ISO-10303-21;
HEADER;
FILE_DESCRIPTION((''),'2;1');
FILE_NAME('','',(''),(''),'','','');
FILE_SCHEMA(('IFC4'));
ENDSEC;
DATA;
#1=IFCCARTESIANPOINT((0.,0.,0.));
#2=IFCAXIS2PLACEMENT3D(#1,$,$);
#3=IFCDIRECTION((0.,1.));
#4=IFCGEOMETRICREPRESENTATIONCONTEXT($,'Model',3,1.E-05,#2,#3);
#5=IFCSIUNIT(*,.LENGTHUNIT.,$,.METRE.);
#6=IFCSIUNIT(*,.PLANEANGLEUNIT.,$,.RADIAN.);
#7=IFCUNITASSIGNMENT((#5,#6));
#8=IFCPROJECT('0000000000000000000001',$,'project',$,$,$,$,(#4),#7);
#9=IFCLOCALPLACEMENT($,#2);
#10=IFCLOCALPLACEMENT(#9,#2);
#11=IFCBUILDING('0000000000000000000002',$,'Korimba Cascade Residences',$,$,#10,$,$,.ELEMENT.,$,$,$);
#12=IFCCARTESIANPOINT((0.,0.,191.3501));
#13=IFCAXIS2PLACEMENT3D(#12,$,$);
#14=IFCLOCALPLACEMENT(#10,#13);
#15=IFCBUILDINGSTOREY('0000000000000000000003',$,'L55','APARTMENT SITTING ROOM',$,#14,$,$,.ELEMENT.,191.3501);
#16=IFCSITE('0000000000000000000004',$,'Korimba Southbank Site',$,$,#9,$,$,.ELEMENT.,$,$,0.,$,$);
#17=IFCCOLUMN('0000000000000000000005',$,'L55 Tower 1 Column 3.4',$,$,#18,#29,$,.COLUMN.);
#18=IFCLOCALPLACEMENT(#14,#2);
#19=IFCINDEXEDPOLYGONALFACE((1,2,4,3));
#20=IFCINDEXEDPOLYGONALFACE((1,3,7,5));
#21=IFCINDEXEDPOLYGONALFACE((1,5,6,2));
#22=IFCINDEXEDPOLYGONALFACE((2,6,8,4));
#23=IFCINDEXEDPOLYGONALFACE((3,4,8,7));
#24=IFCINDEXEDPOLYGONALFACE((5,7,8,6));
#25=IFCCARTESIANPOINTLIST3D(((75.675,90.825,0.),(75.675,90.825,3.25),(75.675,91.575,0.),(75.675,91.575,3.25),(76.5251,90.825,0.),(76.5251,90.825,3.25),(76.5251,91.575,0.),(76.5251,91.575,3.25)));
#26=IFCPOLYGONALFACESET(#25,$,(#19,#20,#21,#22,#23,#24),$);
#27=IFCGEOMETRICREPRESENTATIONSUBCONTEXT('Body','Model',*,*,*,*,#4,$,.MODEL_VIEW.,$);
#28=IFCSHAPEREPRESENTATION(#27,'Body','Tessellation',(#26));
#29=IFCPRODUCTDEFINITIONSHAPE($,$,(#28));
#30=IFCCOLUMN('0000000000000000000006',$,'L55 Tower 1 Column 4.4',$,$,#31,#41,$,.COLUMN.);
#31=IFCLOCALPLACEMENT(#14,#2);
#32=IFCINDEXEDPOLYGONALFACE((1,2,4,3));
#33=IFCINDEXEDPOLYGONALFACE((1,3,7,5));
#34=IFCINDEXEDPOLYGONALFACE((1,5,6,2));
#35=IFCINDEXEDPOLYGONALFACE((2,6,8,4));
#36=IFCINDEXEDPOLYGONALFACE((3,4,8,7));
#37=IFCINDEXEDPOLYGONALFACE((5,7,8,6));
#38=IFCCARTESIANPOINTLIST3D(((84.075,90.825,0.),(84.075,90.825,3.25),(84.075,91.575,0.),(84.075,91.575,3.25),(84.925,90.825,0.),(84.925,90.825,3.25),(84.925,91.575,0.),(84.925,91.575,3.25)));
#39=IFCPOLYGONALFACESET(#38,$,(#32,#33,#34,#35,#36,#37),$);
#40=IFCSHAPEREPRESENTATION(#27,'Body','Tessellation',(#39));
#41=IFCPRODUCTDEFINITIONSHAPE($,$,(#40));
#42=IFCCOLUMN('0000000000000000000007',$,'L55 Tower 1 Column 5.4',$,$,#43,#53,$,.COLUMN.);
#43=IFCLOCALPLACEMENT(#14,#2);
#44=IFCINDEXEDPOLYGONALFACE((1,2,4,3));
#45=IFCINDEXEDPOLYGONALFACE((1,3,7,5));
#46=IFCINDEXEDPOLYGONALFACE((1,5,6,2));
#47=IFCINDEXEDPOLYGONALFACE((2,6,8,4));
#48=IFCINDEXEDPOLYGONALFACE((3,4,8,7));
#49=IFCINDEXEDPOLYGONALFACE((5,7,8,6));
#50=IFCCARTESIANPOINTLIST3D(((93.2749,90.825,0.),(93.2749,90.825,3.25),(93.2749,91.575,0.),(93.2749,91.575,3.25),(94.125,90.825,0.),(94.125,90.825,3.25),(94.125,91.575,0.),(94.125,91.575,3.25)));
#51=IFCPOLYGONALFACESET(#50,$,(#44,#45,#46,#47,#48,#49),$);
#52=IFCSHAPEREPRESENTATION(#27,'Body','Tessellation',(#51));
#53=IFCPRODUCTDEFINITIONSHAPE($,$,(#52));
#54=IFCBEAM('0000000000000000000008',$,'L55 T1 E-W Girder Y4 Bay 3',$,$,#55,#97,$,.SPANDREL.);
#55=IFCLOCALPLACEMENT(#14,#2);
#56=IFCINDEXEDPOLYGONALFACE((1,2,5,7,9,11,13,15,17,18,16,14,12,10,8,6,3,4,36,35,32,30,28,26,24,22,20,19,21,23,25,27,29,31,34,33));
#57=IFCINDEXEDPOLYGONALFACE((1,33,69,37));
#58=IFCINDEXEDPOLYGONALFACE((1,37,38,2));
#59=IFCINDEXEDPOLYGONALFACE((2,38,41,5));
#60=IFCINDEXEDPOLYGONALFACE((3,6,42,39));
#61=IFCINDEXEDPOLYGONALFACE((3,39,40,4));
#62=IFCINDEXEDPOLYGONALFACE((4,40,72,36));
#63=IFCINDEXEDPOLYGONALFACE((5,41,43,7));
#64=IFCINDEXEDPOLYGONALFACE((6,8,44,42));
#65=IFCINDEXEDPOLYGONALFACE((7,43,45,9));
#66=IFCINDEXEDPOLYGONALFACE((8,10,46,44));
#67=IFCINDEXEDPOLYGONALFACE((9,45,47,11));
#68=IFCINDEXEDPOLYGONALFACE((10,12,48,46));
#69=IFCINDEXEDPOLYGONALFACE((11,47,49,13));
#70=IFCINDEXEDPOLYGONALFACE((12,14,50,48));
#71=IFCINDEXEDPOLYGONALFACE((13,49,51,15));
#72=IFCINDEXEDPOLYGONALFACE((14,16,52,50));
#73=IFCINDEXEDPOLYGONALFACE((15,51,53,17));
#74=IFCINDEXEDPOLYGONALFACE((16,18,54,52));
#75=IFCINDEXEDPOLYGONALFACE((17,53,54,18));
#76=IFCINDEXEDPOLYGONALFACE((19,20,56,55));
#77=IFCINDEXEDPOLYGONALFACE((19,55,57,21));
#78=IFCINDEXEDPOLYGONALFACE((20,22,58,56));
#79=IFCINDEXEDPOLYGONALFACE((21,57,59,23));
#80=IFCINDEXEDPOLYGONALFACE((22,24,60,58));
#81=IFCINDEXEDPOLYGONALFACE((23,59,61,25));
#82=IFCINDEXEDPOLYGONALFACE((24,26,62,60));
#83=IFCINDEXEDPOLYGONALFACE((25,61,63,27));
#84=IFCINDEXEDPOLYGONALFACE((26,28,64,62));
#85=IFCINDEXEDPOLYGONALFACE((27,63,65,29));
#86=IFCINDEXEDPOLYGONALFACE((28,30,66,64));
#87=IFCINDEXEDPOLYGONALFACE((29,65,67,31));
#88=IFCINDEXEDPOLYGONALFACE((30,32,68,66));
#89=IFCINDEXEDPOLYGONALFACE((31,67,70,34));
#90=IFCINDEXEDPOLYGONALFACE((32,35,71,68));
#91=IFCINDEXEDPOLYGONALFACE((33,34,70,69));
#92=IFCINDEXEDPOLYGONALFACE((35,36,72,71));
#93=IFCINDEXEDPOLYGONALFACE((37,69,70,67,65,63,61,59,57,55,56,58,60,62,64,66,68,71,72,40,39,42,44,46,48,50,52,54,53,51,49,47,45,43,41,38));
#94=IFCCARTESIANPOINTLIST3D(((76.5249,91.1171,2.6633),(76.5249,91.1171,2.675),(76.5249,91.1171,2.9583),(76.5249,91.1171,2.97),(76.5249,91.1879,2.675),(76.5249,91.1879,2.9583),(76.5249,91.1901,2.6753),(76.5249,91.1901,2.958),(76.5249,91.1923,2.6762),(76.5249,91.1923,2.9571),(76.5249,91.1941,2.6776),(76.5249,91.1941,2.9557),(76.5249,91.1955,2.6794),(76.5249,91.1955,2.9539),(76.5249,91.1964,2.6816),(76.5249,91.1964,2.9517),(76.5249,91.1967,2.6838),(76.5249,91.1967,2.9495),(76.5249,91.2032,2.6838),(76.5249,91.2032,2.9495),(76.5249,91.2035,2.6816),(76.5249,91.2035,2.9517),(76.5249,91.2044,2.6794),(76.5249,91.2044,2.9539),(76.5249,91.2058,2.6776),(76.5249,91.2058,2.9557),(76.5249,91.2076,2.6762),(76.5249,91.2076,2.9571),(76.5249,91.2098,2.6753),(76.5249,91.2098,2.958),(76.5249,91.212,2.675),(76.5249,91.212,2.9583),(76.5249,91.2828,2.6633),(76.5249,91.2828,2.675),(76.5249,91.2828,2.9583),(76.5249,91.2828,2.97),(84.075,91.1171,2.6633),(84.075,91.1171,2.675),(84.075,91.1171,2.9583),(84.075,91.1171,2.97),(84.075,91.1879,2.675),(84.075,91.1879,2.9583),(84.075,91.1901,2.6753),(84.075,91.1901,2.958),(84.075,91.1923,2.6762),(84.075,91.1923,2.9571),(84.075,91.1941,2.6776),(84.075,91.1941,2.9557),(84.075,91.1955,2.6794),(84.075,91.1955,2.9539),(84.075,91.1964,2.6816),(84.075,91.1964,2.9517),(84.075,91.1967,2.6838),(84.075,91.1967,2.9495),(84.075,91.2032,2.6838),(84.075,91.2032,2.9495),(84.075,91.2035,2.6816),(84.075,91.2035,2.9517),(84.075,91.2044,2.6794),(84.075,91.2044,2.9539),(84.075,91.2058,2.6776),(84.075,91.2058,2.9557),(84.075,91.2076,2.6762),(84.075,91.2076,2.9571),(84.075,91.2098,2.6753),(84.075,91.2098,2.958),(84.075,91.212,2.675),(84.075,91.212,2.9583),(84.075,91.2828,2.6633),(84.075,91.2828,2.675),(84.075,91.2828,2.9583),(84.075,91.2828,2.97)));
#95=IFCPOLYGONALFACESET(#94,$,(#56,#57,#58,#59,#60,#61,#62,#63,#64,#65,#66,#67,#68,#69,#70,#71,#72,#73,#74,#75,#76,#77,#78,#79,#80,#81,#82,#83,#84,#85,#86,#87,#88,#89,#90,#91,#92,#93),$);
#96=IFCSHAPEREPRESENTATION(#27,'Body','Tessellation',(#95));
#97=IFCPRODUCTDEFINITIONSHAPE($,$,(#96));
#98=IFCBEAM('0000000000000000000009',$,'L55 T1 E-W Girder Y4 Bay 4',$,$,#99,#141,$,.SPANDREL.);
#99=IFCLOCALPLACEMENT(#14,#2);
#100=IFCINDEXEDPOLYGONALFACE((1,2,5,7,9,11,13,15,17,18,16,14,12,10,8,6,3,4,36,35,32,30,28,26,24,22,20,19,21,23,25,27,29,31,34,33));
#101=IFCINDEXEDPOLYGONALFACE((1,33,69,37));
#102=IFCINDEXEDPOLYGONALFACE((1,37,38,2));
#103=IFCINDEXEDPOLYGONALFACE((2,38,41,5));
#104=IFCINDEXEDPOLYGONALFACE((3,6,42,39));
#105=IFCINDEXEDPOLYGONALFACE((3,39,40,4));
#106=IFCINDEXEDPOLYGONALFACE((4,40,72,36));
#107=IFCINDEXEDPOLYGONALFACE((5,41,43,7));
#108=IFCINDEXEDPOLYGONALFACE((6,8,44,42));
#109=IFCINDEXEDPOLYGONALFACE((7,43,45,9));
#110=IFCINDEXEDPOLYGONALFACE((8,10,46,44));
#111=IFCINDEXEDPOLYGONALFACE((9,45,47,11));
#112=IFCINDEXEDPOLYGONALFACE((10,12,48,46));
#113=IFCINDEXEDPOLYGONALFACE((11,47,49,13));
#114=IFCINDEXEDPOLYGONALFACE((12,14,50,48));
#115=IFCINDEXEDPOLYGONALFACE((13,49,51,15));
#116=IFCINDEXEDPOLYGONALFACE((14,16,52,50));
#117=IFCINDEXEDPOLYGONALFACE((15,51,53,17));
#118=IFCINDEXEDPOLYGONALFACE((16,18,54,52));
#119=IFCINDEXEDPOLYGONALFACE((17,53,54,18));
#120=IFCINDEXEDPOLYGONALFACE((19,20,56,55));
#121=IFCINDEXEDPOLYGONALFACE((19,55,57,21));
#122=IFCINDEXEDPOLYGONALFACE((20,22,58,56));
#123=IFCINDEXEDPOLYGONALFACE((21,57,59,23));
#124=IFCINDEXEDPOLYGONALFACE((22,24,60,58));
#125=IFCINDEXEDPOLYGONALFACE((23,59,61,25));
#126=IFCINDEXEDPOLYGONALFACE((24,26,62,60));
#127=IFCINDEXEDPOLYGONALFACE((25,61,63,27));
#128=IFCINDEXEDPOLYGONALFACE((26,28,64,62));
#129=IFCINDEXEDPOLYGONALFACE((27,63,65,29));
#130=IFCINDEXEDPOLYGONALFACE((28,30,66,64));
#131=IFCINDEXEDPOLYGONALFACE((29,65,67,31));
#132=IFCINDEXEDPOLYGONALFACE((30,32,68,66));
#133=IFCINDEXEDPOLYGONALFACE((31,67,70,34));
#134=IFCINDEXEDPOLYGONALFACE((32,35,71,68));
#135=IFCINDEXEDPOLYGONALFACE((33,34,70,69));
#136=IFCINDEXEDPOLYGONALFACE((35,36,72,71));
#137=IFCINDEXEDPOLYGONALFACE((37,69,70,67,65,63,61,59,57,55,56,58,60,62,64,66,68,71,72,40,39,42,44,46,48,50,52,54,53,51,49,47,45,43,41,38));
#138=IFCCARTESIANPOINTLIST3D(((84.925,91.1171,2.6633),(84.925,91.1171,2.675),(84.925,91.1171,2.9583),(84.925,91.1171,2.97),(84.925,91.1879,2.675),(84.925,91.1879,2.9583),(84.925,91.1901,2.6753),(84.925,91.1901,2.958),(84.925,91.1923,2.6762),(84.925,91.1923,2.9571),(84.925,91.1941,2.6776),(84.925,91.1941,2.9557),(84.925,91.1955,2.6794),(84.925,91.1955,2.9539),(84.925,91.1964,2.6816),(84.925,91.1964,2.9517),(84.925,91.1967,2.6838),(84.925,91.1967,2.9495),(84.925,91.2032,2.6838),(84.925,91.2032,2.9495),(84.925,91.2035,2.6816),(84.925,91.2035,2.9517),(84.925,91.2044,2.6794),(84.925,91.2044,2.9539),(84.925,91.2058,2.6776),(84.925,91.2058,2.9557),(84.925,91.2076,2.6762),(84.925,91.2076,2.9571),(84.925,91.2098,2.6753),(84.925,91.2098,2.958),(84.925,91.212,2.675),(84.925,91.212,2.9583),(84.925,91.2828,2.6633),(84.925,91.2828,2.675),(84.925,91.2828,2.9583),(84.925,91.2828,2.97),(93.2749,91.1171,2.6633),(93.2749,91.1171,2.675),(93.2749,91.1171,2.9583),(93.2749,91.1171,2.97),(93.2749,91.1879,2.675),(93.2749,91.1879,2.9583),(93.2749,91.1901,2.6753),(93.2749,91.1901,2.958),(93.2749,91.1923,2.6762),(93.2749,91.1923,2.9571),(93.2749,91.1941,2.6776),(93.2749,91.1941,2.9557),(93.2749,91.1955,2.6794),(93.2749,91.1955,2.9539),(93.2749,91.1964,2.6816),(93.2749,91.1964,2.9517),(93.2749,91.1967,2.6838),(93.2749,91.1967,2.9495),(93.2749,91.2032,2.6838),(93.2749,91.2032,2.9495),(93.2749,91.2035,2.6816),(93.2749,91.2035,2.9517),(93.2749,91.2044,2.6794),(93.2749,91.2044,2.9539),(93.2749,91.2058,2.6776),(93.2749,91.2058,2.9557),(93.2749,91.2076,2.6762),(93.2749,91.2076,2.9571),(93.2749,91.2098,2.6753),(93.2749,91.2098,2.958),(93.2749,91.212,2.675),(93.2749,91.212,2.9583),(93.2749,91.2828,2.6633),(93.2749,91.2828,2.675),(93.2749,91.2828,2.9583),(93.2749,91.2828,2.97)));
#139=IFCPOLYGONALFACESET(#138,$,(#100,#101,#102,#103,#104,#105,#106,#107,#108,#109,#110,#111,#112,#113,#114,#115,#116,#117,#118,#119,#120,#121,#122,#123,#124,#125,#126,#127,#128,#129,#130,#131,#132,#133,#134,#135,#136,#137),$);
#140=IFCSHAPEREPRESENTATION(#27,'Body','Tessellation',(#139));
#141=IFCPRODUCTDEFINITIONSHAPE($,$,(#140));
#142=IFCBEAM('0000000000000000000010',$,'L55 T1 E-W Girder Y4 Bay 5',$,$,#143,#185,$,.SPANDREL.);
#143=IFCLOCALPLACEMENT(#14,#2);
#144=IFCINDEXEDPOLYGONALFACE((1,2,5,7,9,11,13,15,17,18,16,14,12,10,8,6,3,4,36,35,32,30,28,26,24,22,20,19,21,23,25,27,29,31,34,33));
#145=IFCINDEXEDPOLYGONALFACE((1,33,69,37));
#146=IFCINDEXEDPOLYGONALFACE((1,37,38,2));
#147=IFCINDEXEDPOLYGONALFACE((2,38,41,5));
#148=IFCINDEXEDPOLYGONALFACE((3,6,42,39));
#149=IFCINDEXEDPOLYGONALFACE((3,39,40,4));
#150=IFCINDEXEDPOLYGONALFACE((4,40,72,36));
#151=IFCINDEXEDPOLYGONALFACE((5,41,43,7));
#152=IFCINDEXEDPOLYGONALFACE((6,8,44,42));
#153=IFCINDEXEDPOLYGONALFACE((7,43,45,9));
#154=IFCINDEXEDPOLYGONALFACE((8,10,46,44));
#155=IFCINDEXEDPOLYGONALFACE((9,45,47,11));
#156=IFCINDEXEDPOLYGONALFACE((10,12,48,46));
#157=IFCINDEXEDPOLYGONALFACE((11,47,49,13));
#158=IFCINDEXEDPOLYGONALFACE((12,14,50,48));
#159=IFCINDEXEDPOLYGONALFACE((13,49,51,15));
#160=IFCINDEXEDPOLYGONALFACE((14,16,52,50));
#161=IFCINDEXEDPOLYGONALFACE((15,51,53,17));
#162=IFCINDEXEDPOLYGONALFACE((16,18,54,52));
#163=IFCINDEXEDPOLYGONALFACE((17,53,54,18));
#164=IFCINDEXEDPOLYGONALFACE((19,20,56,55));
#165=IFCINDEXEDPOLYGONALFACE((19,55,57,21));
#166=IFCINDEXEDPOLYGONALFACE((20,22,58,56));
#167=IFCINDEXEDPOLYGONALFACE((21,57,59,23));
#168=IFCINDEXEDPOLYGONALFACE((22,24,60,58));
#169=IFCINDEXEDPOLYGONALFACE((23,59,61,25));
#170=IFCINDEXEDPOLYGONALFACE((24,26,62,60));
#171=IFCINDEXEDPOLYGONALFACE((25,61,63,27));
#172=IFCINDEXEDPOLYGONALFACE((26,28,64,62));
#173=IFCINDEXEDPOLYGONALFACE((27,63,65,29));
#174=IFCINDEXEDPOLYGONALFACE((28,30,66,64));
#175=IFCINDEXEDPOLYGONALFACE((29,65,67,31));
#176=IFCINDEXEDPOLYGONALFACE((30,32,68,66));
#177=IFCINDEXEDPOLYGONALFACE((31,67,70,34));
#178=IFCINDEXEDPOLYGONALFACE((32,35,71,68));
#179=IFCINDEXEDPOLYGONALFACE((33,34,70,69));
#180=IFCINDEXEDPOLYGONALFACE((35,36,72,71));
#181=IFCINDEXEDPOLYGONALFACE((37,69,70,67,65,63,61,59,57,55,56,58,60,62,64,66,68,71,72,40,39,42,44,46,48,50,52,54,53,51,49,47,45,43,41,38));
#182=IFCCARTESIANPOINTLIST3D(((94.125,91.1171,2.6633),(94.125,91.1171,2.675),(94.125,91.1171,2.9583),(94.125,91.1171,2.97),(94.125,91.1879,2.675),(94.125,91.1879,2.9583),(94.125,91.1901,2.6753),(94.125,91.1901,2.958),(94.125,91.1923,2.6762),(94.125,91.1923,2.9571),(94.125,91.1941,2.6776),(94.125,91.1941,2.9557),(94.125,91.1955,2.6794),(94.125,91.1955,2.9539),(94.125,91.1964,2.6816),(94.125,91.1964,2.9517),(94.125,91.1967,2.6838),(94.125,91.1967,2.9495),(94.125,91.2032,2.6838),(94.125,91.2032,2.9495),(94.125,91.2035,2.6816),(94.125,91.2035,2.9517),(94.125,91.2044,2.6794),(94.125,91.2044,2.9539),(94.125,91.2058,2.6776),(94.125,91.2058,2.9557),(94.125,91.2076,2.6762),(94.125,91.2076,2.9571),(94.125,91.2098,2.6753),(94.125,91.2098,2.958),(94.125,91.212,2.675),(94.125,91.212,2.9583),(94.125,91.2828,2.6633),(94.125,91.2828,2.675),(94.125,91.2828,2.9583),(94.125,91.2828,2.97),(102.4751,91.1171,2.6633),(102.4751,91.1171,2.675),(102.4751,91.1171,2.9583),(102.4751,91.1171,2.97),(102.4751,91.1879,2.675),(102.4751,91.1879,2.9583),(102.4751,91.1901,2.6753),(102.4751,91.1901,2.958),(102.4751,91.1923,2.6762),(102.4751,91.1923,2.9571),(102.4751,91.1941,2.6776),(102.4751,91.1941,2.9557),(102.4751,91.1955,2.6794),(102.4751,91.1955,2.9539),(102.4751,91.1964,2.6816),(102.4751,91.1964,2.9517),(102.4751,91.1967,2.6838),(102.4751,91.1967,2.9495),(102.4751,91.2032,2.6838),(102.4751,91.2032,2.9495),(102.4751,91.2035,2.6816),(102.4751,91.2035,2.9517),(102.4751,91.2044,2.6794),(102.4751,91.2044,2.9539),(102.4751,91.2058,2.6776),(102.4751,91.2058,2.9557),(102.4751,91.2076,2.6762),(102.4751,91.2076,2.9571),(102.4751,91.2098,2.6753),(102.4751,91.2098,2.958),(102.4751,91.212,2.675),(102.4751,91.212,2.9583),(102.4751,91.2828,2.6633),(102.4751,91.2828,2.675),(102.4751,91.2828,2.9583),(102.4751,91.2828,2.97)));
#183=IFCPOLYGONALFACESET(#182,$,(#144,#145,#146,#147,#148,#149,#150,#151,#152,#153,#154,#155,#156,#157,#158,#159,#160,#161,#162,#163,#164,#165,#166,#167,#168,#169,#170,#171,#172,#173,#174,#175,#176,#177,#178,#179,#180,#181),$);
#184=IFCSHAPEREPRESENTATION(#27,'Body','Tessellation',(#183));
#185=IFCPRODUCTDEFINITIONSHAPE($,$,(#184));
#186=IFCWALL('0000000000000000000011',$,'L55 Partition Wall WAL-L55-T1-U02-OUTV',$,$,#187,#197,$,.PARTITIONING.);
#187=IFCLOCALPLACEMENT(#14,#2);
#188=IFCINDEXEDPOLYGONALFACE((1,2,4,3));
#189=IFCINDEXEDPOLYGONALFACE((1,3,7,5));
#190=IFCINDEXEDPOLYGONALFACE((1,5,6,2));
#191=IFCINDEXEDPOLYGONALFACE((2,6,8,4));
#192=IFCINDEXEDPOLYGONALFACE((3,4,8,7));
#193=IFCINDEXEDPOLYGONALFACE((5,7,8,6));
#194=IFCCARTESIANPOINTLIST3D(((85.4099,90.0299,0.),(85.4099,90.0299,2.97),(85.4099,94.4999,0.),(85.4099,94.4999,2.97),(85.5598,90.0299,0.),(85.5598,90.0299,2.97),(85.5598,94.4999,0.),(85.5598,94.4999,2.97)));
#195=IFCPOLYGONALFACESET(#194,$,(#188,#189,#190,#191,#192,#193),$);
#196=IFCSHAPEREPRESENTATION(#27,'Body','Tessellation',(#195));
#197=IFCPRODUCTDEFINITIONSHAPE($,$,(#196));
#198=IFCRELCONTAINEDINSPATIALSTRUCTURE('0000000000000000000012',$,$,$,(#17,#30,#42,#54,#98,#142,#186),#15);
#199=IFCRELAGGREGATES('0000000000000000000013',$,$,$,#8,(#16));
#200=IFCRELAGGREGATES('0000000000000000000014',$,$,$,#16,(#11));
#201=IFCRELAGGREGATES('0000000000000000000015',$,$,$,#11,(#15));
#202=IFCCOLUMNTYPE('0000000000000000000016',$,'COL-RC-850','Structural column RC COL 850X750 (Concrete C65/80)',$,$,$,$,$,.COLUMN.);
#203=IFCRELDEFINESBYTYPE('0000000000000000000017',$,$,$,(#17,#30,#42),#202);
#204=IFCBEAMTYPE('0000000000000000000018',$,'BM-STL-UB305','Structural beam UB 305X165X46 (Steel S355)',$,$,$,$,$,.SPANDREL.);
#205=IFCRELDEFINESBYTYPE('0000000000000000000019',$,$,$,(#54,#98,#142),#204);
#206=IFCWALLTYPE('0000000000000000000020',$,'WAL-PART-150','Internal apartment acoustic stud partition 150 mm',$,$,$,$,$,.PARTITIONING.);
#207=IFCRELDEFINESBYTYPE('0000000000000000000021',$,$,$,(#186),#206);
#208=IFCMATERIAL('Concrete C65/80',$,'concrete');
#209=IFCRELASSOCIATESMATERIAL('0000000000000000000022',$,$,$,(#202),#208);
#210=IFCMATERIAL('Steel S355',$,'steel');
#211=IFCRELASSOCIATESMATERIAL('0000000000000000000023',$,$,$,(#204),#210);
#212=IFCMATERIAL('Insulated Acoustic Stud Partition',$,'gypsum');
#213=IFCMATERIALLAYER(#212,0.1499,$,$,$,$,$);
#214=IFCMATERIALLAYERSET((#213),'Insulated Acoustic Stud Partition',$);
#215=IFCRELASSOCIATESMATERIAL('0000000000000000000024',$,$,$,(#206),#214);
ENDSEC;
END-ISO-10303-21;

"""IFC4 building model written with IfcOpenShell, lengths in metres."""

from ifc_helpers import new_model, si_unit, direction, frame, frame_2d, origin, origin_2d, place, context, subcontext, project, spatial, rectangle, i_section, extrude, material, layer, layer_set, material_profile, profile_set, type_object, element, save


model = new_model("IFC4")

# Units and contexts
model_context = context("Model", 3, precision=1e-05, world=origin(), true_north=direction((0.0, 1.0)))
body_context = subcontext(model_context, "Body", "Model", "MODEL_VIEW")
ifc_project = project(units=[si_unit("LENGTHUNIT", "METRE"), si_unit("PLANEANGLEUNIT", "RADIAN")], contexts=[model_context])

# Site, building, storey
site_placement = place(None, origin())
site = spatial("IfcSite", under=ifc_project, at=site_placement, Name="Korimba Southbank Site", CompositionType="ELEMENT", RefElevation=0.0)
building_placement = place(site_placement, origin())
building = spatial("IfcBuilding", under=site, at=building_placement, Name="Korimba Cascade Residences", CompositionType="ELEMENT")
storey_placement = place(building_placement, frame((0.0, 0.0, 191.3501)))
storey = spatial("IfcBuildingStorey", under=building, at=storey_placement, Name="L55", Description="APARTMENT SITTING ROOM", CompositionType="ELEMENT", Elevation=191.3501)

# Columns
ifc_material_1 = material(Name="Concrete C65/80", Category="concrete")
ifc_material_profile_1 = material_profile(ifc_material_1, rectangle(XDim=0.8501, YDim=0.75, at=origin_2d()), Name="Concrete C65/80")
ifc_profile_set_1 = profile_set([ifc_material_profile_1], Name="Concrete C65/80")
column_type = type_object("IfcColumnType", Name="COL-RC-850", Description="Structural column RC COL 850X750 (Concrete C65/80)", PredefinedType="COLUMN", material=ifc_profile_set_1)
for number, where, z_axis, x_axis, name in (
    (1, (76.1001, 91.2, 0.0), (0.0, 0.0, 1.0), (1.0, 0.0, 0.0), "L55 Tower 1 Column 3.4"),
    (2, (84.5, 91.2, 0.0), (0.0, 0.0, 1.0), (1.0, 0.0, 0.0), "L55 Tower 1 Column 4.4"),
    (3, (93.7, 91.2, 0.0), (0.0, 0.0, 1.0), (1.0, 0.0, 0.0), "L55 Tower 1 Column 5.4"),
):
    element("IfcColumn", number, at=place(storey_placement, frame(where, z_axis=z_axis, x_axis=x_axis)), inside=storey, type_object=column_type, Name=name, PredefinedType="COLUMN", context=body_context, shape_type="SweptSolid", body=[
        extrude(rectangle(XDim=0.8501, YDim=0.75, at=origin_2d()), origin(), (0.0, 0.0, 1.0), 3.25),
    ])

# Beams
ifc_material_2 = material(Name="Steel S355", Category="steel")
ifc_material_profile_2 = material_profile(ifc_material_2, i_section(OverallWidth=0.1658, OverallDepth=0.3066, WebThickness=0.0066, FlangeThickness=0.0117, FilletRadius=0.0088, at=origin_2d()), Name="Steel S355")
ifc_profile_set_2 = profile_set([ifc_material_profile_2], Name="Steel S355")
beam_type = type_object("IfcBeamType", Name="BM-STL-UB305", Description="Structural beam UB 305X165X46 (Steel S355)", PredefinedType="SPANDREL", material=ifc_profile_set_2)
beam_1_placement = place(storey_placement, frame((76.5249, 91.2, 2.8167), z_axis=(1.0, 0.0, 0.0), x_axis=(0.0, 1.0, 0.0)))
element("IfcBeam", 4, at=beam_1_placement, inside=storey, type_object=beam_type, Name="L55 T1 E-W Girder Y4 Bay 3", PredefinedType="SPANDREL", context=body_context, shape_type="SweptSolid", body=[
    extrude(i_section(OverallWidth=0.1658, OverallDepth=0.3066, WebThickness=0.0066, FlangeThickness=0.0117, FilletRadius=0.0088, at=origin_2d()), origin(), (0.0, 0.0, 1.0), 7.55),
])
beam_2_placement = place(storey_placement, frame((84.925, 91.2, 2.8167), z_axis=(1.0, 0.0, 0.0), x_axis=(0.0, 1.0, 0.0)))
element("IfcBeam", 5, at=beam_2_placement, inside=storey, type_object=beam_type, Name="L55 T1 E-W Girder Y4 Bay 4", PredefinedType="SPANDREL", context=body_context, shape_type="SweptSolid", body=[
    extrude(i_section(OverallWidth=0.1658, OverallDepth=0.3066, WebThickness=0.0066, FlangeThickness=0.0117, FilletRadius=0.0088, at=origin_2d()), origin(), (0.0, 0.0, 1.0), 8.3499),
])
beam_3_placement = place(storey_placement, frame((94.125, 91.2, 2.8167), z_axis=(1.0, 0.0, 0.0), x_axis=(0.0, 1.0, 0.0)))
element("IfcBeam", 6, at=beam_3_placement, inside=storey, type_object=beam_type, Name="L55 T1 E-W Girder Y4 Bay 5", PredefinedType="SPANDREL", context=body_context, shape_type="SweptSolid", body=[
    extrude(i_section(OverallWidth=0.1658, OverallDepth=0.3066, WebThickness=0.0066, FlangeThickness=0.0117, FilletRadius=0.0088, at=origin_2d()), origin(), (0.0, 0.0, 1.0), 8.3501),
])

# Wall
ifc_material_3 = material(Name="Insulated Acoustic Stud Partition", Category="gypsum")
ifc_layer = layer(ifc_material_3, 0.1499)
ifc_layer_set = layer_set([ifc_layer], Name="Insulated Acoustic Stud Partition")
wall_type = type_object("IfcWallType", Name="WAL-PART-150", Description="Internal apartment acoustic stud partition 150 mm", PredefinedType="PARTITIONING", material=ifc_layer_set)
wall_1_placement = place(storey_placement, frame((85.4849, 90.03, 0.0), z_axis=(0.0, 0.0, 1.0), x_axis=(0.0, 1.0, 0.0)))
element("IfcWall", 7, at=wall_1_placement, inside=storey, type_object=wall_type, Name="L55 Partition Wall WAL-L55-T1-U02-OUTV", PredefinedType="PARTITIONING", context=body_context, shape_type="SweptSolid", body=[
    extrude(rectangle(XDim=4.47, YDim=0.1499, at=frame_2d((2.2349, 0.0))), origin(), (0.0, 0.0, 1.0), 2.97),
])

save(model, "model.ifc")
